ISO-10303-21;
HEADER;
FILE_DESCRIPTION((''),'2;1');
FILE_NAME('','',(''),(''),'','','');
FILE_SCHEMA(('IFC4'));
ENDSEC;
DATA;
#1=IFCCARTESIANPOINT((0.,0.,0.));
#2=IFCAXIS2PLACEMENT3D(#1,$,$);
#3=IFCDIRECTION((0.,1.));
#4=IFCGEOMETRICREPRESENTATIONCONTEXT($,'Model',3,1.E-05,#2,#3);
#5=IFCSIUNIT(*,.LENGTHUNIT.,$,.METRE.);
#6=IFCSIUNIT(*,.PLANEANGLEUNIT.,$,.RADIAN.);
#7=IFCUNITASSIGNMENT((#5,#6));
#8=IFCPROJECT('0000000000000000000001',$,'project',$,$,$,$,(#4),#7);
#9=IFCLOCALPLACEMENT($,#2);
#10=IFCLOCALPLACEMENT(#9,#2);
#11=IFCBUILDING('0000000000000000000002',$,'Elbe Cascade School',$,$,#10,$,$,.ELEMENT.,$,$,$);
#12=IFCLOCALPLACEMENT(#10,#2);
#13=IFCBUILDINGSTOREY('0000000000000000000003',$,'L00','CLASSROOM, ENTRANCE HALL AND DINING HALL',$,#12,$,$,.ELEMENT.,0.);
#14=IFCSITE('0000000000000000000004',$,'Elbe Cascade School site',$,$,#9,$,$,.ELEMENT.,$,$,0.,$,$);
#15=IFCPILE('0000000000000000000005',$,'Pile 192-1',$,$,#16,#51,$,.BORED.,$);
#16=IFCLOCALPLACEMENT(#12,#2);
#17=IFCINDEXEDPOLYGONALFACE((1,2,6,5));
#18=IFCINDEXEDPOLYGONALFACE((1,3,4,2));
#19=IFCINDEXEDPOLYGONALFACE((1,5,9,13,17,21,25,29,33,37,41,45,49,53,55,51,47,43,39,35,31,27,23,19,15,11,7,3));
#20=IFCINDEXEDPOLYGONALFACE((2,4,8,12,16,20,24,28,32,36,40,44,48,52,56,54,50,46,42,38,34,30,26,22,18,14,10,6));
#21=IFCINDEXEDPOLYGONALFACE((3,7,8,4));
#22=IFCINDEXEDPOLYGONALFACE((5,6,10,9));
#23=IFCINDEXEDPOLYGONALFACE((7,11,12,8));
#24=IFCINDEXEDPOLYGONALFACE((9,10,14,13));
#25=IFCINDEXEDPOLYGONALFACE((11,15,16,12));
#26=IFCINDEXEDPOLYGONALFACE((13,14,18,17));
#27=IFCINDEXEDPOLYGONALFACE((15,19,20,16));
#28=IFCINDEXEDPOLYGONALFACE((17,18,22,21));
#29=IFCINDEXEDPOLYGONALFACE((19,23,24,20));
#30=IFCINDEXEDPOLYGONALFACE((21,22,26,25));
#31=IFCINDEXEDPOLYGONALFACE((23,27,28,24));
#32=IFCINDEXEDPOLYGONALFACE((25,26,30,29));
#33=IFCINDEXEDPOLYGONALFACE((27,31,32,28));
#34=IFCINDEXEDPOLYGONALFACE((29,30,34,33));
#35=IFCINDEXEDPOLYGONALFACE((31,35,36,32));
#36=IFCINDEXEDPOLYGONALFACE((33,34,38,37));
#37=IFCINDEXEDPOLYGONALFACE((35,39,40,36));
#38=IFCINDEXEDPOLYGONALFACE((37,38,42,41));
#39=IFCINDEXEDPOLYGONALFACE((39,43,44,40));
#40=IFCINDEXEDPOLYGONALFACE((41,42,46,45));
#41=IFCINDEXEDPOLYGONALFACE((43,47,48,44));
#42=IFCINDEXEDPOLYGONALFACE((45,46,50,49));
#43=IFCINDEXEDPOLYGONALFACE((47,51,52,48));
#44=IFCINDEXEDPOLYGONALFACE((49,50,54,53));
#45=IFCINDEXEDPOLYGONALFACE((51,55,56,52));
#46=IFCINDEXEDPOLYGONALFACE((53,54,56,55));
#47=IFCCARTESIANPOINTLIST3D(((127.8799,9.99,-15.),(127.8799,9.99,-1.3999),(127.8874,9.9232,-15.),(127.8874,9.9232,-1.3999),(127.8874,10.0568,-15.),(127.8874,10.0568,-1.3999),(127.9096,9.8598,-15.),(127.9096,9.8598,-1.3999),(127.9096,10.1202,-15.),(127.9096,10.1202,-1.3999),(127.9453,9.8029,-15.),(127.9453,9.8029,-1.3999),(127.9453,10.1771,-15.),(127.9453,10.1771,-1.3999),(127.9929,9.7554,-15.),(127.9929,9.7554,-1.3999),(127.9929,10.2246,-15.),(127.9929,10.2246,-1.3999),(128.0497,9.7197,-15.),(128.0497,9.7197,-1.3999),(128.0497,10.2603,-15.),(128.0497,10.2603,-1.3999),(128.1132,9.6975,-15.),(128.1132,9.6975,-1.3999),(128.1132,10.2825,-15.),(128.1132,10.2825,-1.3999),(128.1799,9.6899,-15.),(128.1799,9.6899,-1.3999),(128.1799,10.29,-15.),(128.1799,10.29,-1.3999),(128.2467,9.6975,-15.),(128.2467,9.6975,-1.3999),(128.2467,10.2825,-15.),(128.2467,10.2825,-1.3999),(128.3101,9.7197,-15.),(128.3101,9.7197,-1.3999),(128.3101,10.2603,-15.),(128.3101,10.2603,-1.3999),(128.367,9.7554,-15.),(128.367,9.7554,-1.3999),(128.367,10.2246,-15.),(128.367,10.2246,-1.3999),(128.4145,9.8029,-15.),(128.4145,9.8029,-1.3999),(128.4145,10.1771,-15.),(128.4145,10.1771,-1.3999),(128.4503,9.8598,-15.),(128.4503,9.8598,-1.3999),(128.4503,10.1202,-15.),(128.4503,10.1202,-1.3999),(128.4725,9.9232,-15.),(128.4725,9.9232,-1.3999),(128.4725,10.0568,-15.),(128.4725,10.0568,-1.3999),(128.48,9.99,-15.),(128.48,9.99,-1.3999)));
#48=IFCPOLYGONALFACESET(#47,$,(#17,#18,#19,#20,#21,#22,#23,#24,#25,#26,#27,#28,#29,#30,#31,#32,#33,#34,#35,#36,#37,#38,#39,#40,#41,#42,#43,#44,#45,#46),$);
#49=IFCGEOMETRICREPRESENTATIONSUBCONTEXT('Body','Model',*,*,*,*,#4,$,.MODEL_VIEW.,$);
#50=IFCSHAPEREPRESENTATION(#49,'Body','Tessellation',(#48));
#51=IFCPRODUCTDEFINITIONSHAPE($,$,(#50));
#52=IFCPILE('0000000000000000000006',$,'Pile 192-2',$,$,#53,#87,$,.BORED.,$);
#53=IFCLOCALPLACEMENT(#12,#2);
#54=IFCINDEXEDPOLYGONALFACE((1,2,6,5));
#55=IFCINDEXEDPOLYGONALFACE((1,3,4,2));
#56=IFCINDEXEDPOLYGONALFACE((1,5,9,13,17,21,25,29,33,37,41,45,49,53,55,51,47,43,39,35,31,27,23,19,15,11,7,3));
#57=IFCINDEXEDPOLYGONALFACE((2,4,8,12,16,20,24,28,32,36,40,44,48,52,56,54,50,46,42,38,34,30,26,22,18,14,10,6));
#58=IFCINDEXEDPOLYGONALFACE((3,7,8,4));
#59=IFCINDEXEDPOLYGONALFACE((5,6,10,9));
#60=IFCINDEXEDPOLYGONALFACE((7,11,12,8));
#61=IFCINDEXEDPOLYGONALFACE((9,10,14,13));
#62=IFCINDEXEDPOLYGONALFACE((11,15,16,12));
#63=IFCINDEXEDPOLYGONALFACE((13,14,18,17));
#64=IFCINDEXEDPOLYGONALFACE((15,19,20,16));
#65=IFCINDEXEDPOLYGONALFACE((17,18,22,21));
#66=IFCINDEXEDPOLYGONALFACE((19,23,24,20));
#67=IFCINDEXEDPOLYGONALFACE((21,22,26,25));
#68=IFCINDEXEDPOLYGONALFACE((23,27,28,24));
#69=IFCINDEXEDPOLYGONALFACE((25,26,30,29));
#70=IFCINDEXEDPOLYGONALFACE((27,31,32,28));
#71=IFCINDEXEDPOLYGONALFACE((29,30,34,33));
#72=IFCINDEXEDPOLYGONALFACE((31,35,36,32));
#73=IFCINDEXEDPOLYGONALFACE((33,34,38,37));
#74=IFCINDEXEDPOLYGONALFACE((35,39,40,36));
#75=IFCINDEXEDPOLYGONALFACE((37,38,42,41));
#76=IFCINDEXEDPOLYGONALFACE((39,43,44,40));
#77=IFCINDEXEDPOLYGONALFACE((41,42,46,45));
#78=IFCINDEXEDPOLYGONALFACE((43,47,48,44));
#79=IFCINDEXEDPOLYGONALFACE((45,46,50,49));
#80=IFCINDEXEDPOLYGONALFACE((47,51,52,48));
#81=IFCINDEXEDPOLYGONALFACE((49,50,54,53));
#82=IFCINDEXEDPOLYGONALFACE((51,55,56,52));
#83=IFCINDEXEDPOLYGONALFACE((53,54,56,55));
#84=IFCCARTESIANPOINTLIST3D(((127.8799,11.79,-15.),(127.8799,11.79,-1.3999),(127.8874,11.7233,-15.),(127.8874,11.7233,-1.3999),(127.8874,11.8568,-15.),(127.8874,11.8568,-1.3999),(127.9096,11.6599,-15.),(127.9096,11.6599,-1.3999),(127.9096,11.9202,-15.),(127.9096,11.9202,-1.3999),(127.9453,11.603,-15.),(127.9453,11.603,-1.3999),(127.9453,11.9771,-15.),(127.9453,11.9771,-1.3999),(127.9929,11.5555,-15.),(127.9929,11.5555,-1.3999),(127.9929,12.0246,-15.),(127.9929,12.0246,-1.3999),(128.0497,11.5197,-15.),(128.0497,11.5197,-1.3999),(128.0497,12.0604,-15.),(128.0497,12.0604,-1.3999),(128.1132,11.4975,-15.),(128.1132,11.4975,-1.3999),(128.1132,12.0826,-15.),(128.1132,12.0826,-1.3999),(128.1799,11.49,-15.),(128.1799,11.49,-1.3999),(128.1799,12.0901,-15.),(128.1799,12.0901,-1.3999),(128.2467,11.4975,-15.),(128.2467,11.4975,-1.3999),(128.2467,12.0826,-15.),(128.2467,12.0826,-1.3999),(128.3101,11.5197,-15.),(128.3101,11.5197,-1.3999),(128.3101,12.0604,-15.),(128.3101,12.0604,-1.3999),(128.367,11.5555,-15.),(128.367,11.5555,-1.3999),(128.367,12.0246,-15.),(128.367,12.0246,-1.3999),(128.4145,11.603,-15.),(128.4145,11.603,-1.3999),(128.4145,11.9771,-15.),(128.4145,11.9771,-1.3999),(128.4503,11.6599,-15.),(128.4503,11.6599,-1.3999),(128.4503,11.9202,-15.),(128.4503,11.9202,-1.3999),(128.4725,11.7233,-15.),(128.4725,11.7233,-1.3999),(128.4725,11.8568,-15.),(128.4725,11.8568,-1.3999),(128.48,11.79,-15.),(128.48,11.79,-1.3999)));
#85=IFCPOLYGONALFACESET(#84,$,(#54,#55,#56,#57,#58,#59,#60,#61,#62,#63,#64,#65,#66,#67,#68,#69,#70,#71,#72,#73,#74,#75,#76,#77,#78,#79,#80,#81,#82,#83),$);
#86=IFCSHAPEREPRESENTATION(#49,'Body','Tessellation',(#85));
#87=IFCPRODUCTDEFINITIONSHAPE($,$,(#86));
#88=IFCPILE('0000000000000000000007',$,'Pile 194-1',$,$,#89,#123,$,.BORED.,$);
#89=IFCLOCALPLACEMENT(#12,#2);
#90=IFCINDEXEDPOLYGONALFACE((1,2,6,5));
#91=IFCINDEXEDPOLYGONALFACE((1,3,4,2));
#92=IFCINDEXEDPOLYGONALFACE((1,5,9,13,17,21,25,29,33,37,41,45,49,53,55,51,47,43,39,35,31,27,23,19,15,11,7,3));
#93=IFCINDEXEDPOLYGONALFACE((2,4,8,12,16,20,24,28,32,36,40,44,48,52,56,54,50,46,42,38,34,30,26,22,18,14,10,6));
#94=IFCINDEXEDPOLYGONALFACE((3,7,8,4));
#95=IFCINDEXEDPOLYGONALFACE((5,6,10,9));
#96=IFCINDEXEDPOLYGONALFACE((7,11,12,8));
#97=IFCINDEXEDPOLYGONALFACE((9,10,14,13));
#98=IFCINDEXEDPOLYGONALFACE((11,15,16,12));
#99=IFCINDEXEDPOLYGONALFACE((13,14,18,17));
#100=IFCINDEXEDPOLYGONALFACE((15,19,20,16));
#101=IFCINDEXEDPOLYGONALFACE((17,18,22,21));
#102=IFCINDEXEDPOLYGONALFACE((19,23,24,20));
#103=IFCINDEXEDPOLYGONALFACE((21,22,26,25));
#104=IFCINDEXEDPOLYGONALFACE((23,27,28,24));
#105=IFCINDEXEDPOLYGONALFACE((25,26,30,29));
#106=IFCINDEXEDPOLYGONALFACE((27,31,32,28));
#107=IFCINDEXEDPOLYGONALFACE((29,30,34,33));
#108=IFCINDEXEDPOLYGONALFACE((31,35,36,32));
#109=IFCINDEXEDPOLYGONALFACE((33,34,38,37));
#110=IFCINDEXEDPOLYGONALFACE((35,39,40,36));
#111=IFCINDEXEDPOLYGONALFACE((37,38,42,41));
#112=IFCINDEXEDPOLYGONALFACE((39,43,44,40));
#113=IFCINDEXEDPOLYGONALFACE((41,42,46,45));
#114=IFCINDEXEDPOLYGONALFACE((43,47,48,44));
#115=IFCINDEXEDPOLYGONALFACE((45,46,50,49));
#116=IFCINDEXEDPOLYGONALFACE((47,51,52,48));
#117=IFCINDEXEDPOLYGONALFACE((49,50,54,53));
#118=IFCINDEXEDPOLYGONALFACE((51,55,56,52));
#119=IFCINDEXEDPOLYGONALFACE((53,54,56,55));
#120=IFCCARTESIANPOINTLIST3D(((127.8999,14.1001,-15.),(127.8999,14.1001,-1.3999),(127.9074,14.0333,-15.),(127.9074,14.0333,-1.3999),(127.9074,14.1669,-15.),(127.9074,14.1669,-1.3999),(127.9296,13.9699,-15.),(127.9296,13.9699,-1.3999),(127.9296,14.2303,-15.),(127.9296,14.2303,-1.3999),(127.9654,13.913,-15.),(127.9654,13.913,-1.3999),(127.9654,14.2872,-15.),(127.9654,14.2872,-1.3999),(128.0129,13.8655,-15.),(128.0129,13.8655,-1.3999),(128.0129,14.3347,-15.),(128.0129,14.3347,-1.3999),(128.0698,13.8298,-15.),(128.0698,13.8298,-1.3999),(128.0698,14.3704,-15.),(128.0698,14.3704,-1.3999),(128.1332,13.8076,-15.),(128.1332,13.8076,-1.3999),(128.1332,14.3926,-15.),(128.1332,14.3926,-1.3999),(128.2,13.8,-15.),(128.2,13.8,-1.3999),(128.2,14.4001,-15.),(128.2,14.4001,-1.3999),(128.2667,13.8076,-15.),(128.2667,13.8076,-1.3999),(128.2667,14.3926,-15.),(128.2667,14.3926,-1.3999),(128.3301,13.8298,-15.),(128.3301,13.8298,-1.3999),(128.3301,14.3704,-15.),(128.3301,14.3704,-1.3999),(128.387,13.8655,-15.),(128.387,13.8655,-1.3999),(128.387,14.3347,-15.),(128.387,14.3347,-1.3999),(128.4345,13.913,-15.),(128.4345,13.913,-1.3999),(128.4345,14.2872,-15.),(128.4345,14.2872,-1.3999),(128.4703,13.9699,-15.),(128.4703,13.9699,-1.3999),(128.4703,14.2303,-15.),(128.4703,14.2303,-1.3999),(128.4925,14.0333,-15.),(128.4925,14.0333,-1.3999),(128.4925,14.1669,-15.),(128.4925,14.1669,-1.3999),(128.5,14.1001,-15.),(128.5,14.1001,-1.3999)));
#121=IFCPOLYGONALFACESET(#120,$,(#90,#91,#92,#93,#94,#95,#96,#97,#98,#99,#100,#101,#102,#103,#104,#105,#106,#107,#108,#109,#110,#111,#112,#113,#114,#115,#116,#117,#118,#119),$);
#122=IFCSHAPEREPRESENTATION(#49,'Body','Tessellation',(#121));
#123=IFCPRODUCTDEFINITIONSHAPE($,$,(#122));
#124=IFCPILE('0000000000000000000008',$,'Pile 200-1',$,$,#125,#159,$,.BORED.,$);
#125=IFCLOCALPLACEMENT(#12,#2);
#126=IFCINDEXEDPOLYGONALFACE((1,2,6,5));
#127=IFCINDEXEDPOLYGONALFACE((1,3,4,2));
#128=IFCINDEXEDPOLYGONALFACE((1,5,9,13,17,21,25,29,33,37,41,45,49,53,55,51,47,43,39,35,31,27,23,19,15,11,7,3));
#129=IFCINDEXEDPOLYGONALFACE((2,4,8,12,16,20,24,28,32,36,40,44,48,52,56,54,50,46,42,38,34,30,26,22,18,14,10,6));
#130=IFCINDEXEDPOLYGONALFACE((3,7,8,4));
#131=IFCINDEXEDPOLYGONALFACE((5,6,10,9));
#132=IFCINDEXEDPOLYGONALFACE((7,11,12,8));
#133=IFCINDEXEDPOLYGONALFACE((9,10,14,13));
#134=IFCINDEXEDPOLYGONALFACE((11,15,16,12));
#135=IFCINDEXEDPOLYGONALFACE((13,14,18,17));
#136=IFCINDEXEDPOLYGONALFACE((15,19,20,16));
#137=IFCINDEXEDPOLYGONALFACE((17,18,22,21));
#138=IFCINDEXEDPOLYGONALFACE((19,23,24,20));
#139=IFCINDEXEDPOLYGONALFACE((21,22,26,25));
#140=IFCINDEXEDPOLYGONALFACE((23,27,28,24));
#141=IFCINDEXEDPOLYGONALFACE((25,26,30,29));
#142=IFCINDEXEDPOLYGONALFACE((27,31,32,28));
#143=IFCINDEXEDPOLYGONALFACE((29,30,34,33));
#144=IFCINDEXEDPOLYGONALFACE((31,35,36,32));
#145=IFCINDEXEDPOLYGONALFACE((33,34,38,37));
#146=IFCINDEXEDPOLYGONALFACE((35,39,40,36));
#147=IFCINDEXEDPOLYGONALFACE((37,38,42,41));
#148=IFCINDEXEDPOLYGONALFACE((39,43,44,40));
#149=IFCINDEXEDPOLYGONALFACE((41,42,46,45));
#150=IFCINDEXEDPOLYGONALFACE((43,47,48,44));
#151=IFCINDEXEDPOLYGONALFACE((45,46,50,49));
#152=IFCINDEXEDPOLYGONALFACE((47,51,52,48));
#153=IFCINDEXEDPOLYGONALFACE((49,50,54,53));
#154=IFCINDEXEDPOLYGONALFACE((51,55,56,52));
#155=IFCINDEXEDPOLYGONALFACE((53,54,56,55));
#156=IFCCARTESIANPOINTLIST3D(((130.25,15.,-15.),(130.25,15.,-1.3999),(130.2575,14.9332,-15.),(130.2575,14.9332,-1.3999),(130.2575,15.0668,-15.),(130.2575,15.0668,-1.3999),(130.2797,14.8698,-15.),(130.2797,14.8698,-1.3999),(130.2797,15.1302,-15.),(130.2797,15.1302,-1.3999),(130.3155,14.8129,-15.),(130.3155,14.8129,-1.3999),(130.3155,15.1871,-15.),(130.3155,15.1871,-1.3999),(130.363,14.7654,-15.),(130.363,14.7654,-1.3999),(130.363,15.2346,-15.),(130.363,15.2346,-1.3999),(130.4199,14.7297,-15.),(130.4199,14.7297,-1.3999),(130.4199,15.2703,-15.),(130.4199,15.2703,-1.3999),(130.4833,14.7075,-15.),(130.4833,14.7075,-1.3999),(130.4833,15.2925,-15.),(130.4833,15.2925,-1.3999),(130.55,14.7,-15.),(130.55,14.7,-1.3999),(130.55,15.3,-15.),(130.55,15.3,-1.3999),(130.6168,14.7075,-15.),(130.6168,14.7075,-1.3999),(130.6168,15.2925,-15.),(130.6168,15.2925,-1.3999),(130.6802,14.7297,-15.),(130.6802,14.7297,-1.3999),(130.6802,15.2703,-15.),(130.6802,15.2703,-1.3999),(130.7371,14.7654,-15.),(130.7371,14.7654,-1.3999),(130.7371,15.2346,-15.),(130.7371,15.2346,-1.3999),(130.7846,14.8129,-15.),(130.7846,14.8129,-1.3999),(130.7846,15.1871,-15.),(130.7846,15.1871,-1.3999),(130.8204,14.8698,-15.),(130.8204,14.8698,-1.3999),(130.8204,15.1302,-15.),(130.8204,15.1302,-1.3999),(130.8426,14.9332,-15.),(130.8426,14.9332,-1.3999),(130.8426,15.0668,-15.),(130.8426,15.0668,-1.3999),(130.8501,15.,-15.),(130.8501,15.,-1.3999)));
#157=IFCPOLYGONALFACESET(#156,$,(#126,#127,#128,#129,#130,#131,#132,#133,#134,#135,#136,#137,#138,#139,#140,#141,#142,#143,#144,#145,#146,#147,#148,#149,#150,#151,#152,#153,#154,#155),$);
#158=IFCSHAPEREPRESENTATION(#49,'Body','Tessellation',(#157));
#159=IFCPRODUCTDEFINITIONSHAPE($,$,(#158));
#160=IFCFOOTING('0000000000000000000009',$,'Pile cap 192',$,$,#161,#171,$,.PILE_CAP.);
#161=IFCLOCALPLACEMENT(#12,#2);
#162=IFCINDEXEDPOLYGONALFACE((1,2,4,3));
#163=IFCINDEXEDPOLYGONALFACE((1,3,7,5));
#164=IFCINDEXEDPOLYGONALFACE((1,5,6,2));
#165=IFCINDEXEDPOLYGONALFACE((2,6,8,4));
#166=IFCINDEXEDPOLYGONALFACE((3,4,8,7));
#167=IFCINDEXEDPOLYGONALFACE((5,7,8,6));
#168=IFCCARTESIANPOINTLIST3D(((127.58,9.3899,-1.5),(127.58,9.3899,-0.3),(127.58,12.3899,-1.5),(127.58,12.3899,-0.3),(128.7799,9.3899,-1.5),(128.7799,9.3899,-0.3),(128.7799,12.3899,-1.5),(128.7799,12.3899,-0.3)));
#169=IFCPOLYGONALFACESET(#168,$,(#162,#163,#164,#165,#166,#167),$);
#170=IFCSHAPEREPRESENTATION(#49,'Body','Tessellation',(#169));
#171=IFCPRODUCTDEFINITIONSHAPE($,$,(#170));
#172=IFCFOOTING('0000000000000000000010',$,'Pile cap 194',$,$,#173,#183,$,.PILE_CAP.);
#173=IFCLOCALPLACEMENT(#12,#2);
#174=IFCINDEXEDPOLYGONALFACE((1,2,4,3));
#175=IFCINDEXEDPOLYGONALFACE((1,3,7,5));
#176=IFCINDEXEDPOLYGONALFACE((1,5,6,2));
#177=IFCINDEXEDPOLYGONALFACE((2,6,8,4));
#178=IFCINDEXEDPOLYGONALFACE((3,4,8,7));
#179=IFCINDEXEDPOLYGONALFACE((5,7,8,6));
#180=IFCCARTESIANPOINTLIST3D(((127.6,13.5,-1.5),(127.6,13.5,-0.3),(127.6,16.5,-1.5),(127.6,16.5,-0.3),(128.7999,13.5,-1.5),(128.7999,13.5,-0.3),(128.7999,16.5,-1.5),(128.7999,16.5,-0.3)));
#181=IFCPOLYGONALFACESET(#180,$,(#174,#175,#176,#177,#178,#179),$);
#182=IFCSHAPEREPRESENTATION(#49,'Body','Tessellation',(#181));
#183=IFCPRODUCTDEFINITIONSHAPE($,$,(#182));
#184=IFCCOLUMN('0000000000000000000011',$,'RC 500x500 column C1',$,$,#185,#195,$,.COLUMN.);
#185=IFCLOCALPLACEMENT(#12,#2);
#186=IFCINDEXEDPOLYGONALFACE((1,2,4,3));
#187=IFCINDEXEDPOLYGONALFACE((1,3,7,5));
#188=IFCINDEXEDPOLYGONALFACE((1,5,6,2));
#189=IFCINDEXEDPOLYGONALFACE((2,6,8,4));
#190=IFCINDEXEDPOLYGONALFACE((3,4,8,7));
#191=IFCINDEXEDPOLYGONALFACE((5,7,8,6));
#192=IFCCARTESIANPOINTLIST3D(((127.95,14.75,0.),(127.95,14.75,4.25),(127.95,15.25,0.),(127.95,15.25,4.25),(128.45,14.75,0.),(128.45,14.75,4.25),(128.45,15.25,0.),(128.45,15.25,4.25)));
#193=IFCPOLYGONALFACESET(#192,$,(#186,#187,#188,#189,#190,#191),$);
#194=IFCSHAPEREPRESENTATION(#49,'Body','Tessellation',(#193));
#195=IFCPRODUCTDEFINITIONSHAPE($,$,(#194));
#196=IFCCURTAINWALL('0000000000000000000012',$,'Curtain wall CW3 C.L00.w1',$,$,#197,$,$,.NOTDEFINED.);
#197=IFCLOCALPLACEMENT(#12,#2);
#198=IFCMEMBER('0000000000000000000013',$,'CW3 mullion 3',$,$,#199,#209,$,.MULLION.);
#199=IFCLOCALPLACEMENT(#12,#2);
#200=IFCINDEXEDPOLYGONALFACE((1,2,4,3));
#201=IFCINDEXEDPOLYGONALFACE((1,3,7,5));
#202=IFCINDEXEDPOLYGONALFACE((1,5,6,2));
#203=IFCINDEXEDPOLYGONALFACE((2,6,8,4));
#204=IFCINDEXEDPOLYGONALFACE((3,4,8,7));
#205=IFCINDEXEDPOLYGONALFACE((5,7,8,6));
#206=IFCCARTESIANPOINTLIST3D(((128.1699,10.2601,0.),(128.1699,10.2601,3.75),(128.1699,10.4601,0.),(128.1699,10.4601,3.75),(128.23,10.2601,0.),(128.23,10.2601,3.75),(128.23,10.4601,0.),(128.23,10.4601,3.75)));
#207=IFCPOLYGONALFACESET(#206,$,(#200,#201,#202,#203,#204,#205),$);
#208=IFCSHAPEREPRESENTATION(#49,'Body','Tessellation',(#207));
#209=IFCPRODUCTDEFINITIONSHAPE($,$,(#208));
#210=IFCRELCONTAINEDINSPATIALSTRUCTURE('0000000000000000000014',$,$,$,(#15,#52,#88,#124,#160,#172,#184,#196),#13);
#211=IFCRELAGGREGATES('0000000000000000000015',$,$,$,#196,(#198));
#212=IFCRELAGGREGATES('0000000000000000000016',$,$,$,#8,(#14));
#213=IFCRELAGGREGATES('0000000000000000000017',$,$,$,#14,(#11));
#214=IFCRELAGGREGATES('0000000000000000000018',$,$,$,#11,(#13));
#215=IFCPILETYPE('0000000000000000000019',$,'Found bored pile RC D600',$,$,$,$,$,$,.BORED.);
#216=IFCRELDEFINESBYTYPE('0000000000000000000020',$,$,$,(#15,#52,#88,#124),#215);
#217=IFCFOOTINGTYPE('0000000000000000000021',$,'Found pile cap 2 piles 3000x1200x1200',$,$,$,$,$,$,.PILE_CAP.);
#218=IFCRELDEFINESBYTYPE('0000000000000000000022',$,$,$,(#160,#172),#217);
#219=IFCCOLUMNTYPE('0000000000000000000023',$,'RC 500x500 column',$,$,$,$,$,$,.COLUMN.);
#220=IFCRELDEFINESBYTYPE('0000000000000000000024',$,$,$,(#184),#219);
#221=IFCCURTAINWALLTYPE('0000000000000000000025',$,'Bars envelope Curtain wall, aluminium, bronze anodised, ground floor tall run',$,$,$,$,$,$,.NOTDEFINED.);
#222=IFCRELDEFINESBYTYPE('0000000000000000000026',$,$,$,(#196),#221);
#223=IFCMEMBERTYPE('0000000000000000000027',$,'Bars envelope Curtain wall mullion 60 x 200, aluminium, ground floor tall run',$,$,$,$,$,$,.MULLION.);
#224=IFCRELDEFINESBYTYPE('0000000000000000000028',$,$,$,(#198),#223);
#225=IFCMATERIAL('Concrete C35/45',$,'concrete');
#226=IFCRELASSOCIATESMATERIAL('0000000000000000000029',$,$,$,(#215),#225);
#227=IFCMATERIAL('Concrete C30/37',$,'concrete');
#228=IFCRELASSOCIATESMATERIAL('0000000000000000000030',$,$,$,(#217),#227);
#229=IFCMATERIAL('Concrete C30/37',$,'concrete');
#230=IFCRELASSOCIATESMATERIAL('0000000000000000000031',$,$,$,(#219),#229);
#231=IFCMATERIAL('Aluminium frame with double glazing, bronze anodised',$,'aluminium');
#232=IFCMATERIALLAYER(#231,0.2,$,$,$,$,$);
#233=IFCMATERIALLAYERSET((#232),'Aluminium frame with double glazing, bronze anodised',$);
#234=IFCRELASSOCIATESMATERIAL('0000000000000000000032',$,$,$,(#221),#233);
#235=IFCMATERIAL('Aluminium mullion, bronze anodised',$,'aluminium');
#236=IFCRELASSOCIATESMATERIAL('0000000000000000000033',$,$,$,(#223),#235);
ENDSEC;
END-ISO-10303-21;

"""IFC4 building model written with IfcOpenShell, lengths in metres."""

from ifc_helpers import new_model, si_unit, direction, frame, origin, origin_2d, place, context, subcontext, project, spatial, rectangle, circle, extrude, material, layer, layer_set, material_profile, profile_set, type_object, element, aggregate, save


model = new_model("IFC4")

# Units and contexts
model_context = context("Model", 3, precision=1e-05, world=origin(), true_north=direction((0.0, 1.0)))
body_context = subcontext(model_context, "Body", "Model", "MODEL_VIEW")
ifc_project = project(units=[si_unit("LENGTHUNIT", "METRE"), si_unit("PLANEANGLEUNIT", "RADIAN")], contexts=[model_context])

# Site, building, storey
site_placement = place(None, origin())
site = spatial("IfcSite", under=ifc_project, at=site_placement, Name="Elbe Cascade School site", CompositionType="ELEMENT", RefElevation=0.0)
building_placement = place(site_placement, origin())
building = spatial("IfcBuilding", under=site, at=building_placement, Name="Elbe Cascade School", CompositionType="ELEMENT")
storey_placement = place(building_placement, origin())
storey = spatial("IfcBuildingStorey", under=building, at=storey_placement, Name="L00", Description="CLASSROOM, ENTRANCE HALL AND DINING HALL", CompositionType="ELEMENT", Elevation=0.0)

# Piles
ifc_material_1 = material(Name="Concrete C35/45", Category="concrete")
ifc_material_profile_1 = material_profile(ifc_material_1, circle(Radius=0.3, at=origin_2d()), Name="RC D600")
ifc_profile_set_1 = profile_set([ifc_material_profile_1], Name="Concrete C35/45")
pile_type = type_object("IfcPileType", Name="Found bored pile RC D600", PredefinedType="BORED", material=ifc_profile_set_1)
for number, where, z_axis, x_axis, name in (
    (1, (128.1799, 9.99, -1.3999), (0.0, 0.0, -1.0), (1.0, 0.0, 0.0), "Pile 192-1"),
    (2, (128.1799, 11.79, -1.3999), (0.0, 0.0, -1.0), (1.0, 0.0, 0.0), "Pile 192-2"),
    (3, (128.2, 14.1001, -1.3999), (0.0, 0.0, -1.0), (1.0, 0.0, 0.0), "Pile 194-1"),
    (4, (130.55, 15.0, -1.3999), (0.0, 0.0, -1.0), (1.0, 0.0, 0.0), "Pile 200-1"),
):
    element("IfcPile", number, at=place(storey_placement, frame(where, z_axis=z_axis, x_axis=x_axis)), inside=storey, type_object=pile_type, Name=name, PredefinedType="BORED", context=body_context, shape_type="SweptSolid", body=[
        extrude(circle(Radius=0.3, at=origin_2d()), origin(), (0.0, 0.0, 1.0), 13.6001),
    ])

# Footings
ifc_material_2 = material(Name="Concrete C30/37", Category="concrete")
footing_type = type_object("IfcFootingType", Name="Found pile cap 2 piles 3000x1200x1200", PredefinedType="PILE_CAP", material=ifc_material_2)
for number, where, z_axis, x_axis, name in (
    (5, (128.1799, 10.8899, -1.5), (0.0, 0.0, 1.0), (1.0, 0.0, 0.0), "Pile cap 192"),
    (6, (128.2, 15.0, -1.5), (0.0, 0.0, 1.0), (1.0, 0.0, 0.0), "Pile cap 194"),
):
    element("IfcFooting", number, at=place(storey_placement, frame(where, z_axis=z_axis, x_axis=x_axis)), inside=storey, type_object=footing_type, Name=name, PredefinedType="PILE_CAP", context=body_context, shape_type="SweptSolid", body=[
        extrude(rectangle(XDim=1.2, YDim=3.0, at=origin_2d()), origin(), (0.0, 0.0, 1.0), 1.2),
    ])

# Column
ifc_material_3 = material(Name="Concrete C30/37", Category="concrete")
ifc_material_profile_2 = material_profile(ifc_material_3, rectangle(XDim=0.5, YDim=0.5, at=origin_2d()), Name="RC 500x500")
ifc_profile_set_2 = profile_set([ifc_material_profile_2], Name="Concrete C30/37")
column_type = type_object("IfcColumnType", Name="RC 500x500 column", PredefinedType="COLUMN", material=ifc_profile_set_2)
column_placement = place(storey_placement, frame((128.2, 15.0, 0.0), z_axis=(0.0, 0.0, 1.0), x_axis=(1.0, 0.0, 0.0)))
element("IfcColumn", 7, at=column_placement, inside=storey, type_object=column_type, Name="RC 500x500 column C1", PredefinedType="COLUMN", context=body_context, shape_type="SweptSolid", body=[
    extrude(rectangle(XDim=0.5, YDim=0.5, at=origin_2d()), origin(), (0.0, 0.0, 1.0), 4.25),
])

# Curtain wall, member
ifc_material_4 = material(Name="Aluminium frame with double glazing, bronze anodised", Category="aluminium")
ifc_layer_1 = layer(ifc_material_4, 0.2)
ifc_layer_set_1 = layer_set([ifc_layer_1], Name="Aluminium frame with double glazing, bronze anodised")
curtain_wall_type = type_object("IfcCurtainWallType", Name="Bars envelope Curtain wall, aluminium, bronze anodised, ground floor tall run", PredefinedType="NOTDEFINED", material=ifc_layer_set_1)
curtain_wall_placement = place(storey_placement, origin())
curtain_wall = element("IfcCurtainWall", 8, at=curtain_wall_placement, inside=storey, type_object=curtain_wall_type, Name="Curtain wall CW3 C.L00.w1", PredefinedType="NOTDEFINED")
ifc_material_5 = material(Name="Aluminium mullion, bronze anodised", Category="aluminium")
ifc_material_profile_3 = material_profile(ifc_material_5, rectangle(XDim=0.0601, YDim=0.2, at=origin_2d()), Name="Bars envelope Curtain wall mullion 60 x 200, aluminium, ground floor tall run")
ifc_profile_set_3 = profile_set([ifc_material_profile_3], Name="Aluminium mullion, bronze anodised")
member_type = type_object("IfcMemberType", Name="Bars envelope Curtain wall mullion 60 x 200, aluminium, ground floor tall run", PredefinedType="MULLION", material=ifc_profile_set_3)
member_placement = place(storey_placement, frame((128.2, 10.3601, 0.0), z_axis=(0.0, 0.0, 1.0), x_axis=(-1.0, 0.0, 0.0)))
member = element("IfcMember", 9, at=member_placement, type_object=member_type, Name="CW3 mullion 3", PredefinedType="MULLION", context=body_context, shape_type="SweptSolid", body=[
    extrude(rectangle(XDim=0.0601, YDim=0.2, at=origin_2d()), origin(), (0.0, 0.0, 1.0), 3.75),
])
aggregate(curtain_wall, [member])

save(model, "model.ifc")
